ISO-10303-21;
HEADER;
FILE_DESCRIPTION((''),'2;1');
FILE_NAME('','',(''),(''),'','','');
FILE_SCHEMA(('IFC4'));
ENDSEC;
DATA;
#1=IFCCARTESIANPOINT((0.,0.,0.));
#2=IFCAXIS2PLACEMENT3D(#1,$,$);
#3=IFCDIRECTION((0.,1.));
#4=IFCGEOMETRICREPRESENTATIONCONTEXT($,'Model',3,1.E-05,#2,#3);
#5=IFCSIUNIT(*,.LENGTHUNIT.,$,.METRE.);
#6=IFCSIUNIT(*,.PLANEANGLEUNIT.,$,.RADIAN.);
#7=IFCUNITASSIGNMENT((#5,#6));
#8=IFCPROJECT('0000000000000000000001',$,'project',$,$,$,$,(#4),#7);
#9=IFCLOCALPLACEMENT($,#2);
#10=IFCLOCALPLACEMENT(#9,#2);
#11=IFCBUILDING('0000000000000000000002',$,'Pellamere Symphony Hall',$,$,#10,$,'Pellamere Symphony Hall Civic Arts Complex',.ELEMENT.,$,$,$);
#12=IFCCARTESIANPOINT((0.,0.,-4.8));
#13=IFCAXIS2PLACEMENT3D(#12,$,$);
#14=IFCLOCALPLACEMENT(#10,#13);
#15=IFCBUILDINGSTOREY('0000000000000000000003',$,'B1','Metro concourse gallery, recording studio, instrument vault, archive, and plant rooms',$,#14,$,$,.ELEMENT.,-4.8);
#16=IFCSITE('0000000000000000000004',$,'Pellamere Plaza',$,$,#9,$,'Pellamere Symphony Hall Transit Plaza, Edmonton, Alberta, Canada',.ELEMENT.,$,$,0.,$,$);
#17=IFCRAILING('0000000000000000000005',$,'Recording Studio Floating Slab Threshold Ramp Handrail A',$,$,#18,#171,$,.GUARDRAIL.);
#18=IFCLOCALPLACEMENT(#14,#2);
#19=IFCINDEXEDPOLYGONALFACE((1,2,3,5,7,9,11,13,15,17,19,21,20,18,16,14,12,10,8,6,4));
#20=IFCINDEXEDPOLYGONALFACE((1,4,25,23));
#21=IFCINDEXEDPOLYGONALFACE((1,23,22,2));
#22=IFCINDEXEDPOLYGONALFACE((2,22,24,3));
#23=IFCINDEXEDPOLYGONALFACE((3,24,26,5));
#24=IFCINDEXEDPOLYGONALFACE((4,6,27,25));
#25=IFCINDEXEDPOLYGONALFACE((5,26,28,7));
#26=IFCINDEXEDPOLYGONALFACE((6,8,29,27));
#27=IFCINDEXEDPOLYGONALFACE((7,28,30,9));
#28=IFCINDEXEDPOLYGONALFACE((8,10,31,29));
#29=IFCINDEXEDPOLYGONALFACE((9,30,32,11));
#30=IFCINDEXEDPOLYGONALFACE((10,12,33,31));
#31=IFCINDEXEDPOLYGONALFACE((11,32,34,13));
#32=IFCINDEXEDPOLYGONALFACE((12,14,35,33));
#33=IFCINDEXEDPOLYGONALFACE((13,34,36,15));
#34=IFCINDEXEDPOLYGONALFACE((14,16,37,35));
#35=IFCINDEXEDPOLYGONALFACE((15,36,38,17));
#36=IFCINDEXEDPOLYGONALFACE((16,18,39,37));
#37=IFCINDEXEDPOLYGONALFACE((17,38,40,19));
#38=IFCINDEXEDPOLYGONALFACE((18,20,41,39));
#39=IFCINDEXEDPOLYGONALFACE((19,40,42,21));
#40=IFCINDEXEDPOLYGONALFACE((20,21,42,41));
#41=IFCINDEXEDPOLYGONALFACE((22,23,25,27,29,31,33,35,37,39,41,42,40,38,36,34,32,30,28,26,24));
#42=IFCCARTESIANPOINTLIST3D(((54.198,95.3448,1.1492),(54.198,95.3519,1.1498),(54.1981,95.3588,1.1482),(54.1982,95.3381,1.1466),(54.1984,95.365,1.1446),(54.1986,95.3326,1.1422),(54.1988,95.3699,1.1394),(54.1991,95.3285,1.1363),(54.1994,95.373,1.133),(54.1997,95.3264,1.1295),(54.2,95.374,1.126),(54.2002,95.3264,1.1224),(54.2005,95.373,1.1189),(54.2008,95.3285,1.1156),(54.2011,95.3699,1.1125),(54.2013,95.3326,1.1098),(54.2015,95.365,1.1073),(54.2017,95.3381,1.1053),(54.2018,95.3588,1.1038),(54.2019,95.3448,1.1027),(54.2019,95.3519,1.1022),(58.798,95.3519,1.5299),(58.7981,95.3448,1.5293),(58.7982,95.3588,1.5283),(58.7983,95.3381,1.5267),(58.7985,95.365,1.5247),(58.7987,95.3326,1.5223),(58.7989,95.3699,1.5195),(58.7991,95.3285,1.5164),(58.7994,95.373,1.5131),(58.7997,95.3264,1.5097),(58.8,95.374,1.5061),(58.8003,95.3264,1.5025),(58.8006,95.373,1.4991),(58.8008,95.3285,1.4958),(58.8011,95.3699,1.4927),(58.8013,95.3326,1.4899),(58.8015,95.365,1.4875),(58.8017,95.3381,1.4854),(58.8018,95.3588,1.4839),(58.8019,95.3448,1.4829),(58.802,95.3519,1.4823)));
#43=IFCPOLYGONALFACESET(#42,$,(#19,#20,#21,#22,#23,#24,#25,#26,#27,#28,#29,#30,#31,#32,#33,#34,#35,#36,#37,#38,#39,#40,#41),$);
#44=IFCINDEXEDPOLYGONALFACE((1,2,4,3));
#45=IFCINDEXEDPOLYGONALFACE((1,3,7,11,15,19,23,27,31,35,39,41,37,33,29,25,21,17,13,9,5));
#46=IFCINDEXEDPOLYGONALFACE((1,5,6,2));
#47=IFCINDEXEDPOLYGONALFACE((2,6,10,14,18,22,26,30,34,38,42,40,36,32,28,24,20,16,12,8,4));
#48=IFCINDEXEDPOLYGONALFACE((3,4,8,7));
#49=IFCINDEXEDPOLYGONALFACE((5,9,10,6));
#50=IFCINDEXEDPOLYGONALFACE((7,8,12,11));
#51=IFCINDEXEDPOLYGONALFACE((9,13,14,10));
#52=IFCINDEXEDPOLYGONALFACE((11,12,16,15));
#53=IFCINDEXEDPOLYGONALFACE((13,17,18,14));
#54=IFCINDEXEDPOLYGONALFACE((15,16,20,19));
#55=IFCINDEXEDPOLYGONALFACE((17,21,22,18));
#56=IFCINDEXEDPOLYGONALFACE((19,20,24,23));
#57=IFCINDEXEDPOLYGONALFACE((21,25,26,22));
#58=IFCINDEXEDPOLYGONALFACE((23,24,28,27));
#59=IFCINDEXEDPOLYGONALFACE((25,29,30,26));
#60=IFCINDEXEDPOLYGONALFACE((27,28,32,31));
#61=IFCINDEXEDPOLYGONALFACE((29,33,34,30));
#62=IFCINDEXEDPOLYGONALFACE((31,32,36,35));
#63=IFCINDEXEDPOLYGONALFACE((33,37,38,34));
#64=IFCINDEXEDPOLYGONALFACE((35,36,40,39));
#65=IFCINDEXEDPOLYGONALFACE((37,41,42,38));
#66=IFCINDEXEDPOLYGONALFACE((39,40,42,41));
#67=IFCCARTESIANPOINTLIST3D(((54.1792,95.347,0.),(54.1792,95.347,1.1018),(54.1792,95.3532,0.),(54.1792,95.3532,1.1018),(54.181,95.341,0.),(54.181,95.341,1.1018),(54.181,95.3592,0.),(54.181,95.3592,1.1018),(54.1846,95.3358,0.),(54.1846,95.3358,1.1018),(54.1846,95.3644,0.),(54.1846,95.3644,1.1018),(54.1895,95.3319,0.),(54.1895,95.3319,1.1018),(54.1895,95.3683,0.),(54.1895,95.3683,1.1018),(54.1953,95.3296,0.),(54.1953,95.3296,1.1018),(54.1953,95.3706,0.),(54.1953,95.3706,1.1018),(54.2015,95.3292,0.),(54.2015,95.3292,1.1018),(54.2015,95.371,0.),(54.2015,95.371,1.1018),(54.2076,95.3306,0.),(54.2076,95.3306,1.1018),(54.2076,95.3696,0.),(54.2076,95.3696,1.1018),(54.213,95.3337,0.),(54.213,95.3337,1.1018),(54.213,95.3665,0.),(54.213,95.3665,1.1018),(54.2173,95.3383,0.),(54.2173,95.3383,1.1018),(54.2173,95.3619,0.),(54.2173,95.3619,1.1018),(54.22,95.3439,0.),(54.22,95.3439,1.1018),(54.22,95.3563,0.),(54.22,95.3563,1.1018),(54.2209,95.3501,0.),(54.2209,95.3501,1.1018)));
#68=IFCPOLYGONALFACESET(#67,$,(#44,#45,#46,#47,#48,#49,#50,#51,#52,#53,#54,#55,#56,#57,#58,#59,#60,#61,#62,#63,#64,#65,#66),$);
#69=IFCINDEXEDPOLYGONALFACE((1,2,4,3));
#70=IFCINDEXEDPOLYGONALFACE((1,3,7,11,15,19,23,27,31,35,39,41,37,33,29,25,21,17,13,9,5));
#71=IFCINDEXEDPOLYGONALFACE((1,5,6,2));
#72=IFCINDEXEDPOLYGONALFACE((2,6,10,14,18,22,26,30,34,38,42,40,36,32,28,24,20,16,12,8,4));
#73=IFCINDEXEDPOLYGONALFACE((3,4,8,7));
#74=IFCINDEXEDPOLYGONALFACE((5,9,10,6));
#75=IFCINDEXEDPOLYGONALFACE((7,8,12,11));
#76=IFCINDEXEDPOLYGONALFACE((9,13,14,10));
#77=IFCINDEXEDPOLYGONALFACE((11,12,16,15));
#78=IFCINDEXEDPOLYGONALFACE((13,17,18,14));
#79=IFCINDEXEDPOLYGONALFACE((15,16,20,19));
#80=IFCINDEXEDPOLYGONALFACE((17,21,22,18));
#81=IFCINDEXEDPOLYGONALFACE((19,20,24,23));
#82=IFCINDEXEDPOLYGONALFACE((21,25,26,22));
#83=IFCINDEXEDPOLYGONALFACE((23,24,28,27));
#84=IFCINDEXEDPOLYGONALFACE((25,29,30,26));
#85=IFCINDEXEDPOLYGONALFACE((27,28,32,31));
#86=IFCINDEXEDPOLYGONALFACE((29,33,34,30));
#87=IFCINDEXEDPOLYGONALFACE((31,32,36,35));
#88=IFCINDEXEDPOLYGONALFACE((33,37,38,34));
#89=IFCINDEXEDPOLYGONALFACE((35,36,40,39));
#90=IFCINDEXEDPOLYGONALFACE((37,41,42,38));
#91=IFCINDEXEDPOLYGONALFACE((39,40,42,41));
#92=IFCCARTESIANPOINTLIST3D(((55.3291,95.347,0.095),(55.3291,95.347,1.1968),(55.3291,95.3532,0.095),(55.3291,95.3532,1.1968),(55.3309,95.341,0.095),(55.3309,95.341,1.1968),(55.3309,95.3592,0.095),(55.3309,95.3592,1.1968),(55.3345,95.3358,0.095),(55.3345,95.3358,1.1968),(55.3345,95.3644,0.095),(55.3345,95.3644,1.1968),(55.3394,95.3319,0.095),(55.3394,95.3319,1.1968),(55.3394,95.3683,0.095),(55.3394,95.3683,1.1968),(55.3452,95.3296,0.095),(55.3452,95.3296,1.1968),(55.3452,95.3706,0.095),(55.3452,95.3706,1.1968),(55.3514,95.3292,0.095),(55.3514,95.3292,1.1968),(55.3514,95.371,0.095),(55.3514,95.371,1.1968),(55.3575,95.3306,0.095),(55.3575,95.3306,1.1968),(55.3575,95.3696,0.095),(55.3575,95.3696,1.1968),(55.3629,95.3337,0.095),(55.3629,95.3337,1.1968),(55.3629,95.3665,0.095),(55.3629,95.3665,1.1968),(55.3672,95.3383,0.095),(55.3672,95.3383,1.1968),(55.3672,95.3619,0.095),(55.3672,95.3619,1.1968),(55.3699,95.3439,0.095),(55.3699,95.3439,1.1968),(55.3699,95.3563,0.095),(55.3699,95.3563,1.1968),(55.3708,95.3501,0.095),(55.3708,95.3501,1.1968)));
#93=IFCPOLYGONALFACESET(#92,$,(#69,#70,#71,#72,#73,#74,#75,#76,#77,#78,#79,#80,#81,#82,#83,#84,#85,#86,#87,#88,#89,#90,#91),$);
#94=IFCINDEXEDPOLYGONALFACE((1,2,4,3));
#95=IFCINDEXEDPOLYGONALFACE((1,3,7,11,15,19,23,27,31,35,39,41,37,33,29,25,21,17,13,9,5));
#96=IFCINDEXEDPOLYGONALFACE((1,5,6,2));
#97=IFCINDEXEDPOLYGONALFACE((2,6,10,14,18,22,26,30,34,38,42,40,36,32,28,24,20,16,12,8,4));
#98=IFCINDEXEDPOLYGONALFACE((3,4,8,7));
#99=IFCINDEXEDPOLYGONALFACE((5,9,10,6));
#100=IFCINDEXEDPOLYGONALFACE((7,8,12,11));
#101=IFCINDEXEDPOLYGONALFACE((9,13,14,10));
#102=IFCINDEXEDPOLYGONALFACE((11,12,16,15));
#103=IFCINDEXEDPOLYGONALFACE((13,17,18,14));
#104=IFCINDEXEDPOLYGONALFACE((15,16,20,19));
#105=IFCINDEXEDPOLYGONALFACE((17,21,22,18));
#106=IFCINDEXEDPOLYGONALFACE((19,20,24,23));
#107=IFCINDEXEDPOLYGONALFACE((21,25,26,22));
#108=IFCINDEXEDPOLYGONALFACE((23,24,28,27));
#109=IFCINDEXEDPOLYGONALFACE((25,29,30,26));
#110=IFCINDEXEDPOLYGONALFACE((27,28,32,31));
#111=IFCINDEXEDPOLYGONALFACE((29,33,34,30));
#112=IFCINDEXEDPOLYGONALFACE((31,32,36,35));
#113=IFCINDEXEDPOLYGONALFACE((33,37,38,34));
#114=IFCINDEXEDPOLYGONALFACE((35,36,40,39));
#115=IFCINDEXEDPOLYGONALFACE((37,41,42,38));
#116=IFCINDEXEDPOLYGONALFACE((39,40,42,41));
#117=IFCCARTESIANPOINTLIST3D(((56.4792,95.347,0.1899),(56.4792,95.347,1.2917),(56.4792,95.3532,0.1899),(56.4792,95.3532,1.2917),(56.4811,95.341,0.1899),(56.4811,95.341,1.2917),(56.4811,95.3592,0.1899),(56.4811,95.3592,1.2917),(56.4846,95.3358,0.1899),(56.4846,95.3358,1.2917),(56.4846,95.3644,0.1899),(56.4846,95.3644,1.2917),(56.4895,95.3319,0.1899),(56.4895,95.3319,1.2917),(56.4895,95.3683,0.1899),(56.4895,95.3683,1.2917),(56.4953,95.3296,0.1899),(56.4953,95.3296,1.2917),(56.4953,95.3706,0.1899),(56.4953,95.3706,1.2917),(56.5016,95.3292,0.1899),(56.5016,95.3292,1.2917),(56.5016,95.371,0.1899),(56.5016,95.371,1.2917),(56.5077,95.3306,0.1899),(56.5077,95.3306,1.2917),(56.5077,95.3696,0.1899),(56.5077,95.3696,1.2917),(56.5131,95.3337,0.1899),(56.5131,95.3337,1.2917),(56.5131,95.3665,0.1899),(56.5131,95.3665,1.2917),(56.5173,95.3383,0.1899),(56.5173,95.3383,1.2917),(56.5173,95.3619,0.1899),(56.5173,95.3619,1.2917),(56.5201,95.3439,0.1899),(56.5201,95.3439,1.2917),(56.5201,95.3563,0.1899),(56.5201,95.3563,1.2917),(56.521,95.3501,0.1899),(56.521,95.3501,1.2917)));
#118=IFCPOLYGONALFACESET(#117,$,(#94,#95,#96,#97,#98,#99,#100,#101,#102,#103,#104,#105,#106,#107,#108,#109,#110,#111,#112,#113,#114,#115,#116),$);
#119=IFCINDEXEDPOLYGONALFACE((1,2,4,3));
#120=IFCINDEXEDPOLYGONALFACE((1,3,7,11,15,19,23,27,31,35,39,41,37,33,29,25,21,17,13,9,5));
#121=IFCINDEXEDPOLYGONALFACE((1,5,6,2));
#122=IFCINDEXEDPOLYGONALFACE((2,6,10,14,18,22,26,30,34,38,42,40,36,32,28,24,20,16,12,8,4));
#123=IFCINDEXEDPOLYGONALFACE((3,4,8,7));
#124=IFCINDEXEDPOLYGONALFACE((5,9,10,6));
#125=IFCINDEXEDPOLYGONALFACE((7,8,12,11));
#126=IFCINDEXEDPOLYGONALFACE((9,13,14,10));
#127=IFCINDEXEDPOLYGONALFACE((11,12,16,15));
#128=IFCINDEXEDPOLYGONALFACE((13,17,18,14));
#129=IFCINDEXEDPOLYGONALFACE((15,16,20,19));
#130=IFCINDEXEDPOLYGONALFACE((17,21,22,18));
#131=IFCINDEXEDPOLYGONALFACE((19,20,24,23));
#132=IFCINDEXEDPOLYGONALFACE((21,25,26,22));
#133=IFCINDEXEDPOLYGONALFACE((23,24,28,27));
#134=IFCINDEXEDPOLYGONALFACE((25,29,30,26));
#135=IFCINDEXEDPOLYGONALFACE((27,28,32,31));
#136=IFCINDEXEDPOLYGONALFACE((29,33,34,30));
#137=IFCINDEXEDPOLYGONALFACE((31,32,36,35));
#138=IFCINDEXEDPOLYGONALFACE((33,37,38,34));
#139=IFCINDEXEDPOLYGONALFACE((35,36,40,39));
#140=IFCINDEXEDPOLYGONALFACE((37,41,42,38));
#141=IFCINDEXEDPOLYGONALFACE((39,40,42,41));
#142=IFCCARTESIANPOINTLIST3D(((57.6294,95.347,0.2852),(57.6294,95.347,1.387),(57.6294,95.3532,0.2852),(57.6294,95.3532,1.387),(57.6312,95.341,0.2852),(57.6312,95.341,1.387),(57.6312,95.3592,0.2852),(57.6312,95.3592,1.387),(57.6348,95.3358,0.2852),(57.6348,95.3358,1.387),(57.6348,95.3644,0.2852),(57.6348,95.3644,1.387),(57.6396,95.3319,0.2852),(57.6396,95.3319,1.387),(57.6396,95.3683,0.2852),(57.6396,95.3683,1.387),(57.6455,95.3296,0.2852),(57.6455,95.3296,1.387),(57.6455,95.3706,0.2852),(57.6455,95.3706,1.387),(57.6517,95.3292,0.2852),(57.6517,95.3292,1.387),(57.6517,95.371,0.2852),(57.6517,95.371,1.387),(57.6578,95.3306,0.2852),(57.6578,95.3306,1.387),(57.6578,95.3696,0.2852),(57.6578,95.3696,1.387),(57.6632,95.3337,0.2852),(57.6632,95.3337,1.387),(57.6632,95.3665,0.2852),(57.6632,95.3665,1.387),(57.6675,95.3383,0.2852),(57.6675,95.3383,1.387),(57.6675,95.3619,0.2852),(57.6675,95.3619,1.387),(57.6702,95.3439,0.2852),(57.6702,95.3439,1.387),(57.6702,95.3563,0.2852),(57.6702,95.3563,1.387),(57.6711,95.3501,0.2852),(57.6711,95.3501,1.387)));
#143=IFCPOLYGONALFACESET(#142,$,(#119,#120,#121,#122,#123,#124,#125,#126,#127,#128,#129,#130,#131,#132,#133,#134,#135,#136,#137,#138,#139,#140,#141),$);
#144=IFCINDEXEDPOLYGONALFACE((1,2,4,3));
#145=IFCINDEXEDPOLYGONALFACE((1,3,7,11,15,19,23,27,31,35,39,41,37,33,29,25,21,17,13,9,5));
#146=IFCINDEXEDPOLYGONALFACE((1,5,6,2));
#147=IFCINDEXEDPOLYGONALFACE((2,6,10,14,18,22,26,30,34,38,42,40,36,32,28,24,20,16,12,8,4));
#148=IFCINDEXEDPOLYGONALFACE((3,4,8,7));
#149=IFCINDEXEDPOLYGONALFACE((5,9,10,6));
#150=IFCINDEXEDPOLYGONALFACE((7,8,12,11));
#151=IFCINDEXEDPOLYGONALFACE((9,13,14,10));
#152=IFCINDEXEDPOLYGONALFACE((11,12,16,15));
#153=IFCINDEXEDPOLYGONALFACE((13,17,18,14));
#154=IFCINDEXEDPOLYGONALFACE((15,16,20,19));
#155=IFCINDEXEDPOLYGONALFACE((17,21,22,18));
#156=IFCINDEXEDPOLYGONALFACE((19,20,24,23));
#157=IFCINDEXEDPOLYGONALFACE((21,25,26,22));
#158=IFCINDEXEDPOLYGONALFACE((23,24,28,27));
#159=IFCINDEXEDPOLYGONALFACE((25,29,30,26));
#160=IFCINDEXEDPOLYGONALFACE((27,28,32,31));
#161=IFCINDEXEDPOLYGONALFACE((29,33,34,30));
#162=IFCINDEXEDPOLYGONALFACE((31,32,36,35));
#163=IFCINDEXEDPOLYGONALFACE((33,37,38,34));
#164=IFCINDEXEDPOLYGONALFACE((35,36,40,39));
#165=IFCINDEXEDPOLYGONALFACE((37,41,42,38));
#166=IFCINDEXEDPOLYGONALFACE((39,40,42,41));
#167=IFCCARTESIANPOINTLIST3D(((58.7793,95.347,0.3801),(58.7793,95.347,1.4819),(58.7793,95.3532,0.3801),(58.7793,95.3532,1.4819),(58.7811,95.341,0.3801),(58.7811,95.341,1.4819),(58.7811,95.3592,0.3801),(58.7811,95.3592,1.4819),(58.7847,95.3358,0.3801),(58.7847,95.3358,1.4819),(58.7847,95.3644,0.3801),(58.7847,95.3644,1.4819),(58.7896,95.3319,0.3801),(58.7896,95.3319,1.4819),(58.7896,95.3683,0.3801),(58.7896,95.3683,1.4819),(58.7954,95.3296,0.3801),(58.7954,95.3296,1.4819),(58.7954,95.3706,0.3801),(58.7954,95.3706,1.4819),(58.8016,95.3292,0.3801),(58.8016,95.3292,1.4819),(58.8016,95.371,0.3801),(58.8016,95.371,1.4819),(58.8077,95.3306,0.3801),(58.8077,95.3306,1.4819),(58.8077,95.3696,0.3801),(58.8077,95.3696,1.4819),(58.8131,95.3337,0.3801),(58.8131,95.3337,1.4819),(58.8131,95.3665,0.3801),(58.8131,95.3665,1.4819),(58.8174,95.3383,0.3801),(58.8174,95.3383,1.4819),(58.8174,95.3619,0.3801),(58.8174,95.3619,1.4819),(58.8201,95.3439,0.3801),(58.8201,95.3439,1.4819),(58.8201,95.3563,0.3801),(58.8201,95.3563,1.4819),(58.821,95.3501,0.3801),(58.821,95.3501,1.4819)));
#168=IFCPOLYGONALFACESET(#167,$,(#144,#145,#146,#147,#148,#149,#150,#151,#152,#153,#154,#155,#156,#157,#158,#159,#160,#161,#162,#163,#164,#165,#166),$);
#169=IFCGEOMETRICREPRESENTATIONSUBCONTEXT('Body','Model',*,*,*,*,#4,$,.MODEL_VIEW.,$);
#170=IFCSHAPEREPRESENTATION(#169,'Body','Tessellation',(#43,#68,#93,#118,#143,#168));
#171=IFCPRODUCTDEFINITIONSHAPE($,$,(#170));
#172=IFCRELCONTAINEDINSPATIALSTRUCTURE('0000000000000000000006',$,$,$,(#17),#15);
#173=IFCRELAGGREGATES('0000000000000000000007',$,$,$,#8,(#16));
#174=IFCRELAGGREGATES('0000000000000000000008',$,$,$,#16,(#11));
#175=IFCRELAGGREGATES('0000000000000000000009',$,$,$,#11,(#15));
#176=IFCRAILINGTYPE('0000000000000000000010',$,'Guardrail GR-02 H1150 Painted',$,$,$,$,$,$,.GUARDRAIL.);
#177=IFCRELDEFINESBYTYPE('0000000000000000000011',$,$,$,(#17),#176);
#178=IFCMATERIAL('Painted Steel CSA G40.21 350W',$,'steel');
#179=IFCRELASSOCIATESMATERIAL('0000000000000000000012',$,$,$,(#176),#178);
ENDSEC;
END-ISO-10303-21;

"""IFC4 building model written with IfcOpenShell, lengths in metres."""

from ifc_helpers import new_model, si_unit, direction, frame, origin, origin_2d, place, context, subcontext, project, spatial, circle, extrude, material, type_object, element, save


model = new_model("IFC4")

# Units and contexts
model_context = context("Model", 3, precision=1e-05, world=origin(), true_north=direction((0.0, 1.0)))
body_context = subcontext(model_context, "Body", "Model", "MODEL_VIEW")
ifc_project = project(units=[si_unit("LENGTHUNIT", "METRE"), si_unit("PLANEANGLEUNIT", "RADIAN")], contexts=[model_context])

# Site, building, storey
site_placement = place(None, origin())
site = spatial("IfcSite", under=ifc_project, at=site_placement, Name="Pellamere Plaza", LongName="Pellamere Symphony Hall Transit Plaza, Edmonton, Alberta, Canada", CompositionType="ELEMENT", RefElevation=0.0)
building_placement = place(site_placement, origin())
building = spatial("IfcBuilding", under=site, at=building_placement, Name="Pellamere Symphony Hall", LongName="Pellamere Symphony Hall Civic Arts Complex", CompositionType="ELEMENT")
storey_placement = place(building_placement, frame((0.0, 0.0, -4.8)))
storey = spatial("IfcBuildingStorey", under=building, at=storey_placement, Name="B1", Description="Metro concourse gallery, recording studio, instrument vault, archive, and plant rooms", CompositionType="ELEMENT", Elevation=-4.8)

# Railing
ifc_material_1 = material(Name="Painted Steel CSA G40.21 350W", Category="steel")
railing_type_1 = type_object("IfcRailingType", Name="Guardrail GR-02 H1150 Painted", PredefinedType="GUARDRAIL", material=ifc_material_1)
for number, where, name in (
    (1, (54.2, 95.3501, 0.0), "Recording Studio Floating Slab Threshold Ramp Handrail A"),
):
    element("IfcRailing", number, at=place(storey_placement, frame(where)), inside=storey, type_object=railing_type_1, Name=name, PredefinedType="GUARDRAIL", context=body_context, shape_type="SweptSolid", body=[
        extrude(circle(Radius=0.0239, at=origin_2d()), frame((0.0, 0.0, 1.126), z_axis=(0.996603, 0.0, 0.082354), x_axis=(0.0, 1.0, 0.0)), (0.0, 0.0, 1.0), 4.6157),
        extrude(circle(Radius=0.021, at=origin_2d()), origin(), (0.0, 0.0, 1.0), 1.1018),
        extrude(circle(Radius=0.021, at=origin_2d()), frame((1.1499, 0.0, 0.095)), (0.0, 0.0, 1.0), 1.1018),
        extrude(circle(Radius=0.021, at=origin_2d()), frame((2.3, 0.0, 0.1899)), (0.0, 0.0, 1.0), 1.1018),
        extrude(circle(Radius=0.021, at=origin_2d()), frame((3.4502, 0.0, 0.2852)), (0.0, 0.0, 1.0), 1.1018),
        extrude(circle(Radius=0.021, at=origin_2d()), frame((4.6001, 0.0, 0.3801)), (0.0, 0.0, 1.0), 1.1018),
    ])

save(model, "model.ifc")
